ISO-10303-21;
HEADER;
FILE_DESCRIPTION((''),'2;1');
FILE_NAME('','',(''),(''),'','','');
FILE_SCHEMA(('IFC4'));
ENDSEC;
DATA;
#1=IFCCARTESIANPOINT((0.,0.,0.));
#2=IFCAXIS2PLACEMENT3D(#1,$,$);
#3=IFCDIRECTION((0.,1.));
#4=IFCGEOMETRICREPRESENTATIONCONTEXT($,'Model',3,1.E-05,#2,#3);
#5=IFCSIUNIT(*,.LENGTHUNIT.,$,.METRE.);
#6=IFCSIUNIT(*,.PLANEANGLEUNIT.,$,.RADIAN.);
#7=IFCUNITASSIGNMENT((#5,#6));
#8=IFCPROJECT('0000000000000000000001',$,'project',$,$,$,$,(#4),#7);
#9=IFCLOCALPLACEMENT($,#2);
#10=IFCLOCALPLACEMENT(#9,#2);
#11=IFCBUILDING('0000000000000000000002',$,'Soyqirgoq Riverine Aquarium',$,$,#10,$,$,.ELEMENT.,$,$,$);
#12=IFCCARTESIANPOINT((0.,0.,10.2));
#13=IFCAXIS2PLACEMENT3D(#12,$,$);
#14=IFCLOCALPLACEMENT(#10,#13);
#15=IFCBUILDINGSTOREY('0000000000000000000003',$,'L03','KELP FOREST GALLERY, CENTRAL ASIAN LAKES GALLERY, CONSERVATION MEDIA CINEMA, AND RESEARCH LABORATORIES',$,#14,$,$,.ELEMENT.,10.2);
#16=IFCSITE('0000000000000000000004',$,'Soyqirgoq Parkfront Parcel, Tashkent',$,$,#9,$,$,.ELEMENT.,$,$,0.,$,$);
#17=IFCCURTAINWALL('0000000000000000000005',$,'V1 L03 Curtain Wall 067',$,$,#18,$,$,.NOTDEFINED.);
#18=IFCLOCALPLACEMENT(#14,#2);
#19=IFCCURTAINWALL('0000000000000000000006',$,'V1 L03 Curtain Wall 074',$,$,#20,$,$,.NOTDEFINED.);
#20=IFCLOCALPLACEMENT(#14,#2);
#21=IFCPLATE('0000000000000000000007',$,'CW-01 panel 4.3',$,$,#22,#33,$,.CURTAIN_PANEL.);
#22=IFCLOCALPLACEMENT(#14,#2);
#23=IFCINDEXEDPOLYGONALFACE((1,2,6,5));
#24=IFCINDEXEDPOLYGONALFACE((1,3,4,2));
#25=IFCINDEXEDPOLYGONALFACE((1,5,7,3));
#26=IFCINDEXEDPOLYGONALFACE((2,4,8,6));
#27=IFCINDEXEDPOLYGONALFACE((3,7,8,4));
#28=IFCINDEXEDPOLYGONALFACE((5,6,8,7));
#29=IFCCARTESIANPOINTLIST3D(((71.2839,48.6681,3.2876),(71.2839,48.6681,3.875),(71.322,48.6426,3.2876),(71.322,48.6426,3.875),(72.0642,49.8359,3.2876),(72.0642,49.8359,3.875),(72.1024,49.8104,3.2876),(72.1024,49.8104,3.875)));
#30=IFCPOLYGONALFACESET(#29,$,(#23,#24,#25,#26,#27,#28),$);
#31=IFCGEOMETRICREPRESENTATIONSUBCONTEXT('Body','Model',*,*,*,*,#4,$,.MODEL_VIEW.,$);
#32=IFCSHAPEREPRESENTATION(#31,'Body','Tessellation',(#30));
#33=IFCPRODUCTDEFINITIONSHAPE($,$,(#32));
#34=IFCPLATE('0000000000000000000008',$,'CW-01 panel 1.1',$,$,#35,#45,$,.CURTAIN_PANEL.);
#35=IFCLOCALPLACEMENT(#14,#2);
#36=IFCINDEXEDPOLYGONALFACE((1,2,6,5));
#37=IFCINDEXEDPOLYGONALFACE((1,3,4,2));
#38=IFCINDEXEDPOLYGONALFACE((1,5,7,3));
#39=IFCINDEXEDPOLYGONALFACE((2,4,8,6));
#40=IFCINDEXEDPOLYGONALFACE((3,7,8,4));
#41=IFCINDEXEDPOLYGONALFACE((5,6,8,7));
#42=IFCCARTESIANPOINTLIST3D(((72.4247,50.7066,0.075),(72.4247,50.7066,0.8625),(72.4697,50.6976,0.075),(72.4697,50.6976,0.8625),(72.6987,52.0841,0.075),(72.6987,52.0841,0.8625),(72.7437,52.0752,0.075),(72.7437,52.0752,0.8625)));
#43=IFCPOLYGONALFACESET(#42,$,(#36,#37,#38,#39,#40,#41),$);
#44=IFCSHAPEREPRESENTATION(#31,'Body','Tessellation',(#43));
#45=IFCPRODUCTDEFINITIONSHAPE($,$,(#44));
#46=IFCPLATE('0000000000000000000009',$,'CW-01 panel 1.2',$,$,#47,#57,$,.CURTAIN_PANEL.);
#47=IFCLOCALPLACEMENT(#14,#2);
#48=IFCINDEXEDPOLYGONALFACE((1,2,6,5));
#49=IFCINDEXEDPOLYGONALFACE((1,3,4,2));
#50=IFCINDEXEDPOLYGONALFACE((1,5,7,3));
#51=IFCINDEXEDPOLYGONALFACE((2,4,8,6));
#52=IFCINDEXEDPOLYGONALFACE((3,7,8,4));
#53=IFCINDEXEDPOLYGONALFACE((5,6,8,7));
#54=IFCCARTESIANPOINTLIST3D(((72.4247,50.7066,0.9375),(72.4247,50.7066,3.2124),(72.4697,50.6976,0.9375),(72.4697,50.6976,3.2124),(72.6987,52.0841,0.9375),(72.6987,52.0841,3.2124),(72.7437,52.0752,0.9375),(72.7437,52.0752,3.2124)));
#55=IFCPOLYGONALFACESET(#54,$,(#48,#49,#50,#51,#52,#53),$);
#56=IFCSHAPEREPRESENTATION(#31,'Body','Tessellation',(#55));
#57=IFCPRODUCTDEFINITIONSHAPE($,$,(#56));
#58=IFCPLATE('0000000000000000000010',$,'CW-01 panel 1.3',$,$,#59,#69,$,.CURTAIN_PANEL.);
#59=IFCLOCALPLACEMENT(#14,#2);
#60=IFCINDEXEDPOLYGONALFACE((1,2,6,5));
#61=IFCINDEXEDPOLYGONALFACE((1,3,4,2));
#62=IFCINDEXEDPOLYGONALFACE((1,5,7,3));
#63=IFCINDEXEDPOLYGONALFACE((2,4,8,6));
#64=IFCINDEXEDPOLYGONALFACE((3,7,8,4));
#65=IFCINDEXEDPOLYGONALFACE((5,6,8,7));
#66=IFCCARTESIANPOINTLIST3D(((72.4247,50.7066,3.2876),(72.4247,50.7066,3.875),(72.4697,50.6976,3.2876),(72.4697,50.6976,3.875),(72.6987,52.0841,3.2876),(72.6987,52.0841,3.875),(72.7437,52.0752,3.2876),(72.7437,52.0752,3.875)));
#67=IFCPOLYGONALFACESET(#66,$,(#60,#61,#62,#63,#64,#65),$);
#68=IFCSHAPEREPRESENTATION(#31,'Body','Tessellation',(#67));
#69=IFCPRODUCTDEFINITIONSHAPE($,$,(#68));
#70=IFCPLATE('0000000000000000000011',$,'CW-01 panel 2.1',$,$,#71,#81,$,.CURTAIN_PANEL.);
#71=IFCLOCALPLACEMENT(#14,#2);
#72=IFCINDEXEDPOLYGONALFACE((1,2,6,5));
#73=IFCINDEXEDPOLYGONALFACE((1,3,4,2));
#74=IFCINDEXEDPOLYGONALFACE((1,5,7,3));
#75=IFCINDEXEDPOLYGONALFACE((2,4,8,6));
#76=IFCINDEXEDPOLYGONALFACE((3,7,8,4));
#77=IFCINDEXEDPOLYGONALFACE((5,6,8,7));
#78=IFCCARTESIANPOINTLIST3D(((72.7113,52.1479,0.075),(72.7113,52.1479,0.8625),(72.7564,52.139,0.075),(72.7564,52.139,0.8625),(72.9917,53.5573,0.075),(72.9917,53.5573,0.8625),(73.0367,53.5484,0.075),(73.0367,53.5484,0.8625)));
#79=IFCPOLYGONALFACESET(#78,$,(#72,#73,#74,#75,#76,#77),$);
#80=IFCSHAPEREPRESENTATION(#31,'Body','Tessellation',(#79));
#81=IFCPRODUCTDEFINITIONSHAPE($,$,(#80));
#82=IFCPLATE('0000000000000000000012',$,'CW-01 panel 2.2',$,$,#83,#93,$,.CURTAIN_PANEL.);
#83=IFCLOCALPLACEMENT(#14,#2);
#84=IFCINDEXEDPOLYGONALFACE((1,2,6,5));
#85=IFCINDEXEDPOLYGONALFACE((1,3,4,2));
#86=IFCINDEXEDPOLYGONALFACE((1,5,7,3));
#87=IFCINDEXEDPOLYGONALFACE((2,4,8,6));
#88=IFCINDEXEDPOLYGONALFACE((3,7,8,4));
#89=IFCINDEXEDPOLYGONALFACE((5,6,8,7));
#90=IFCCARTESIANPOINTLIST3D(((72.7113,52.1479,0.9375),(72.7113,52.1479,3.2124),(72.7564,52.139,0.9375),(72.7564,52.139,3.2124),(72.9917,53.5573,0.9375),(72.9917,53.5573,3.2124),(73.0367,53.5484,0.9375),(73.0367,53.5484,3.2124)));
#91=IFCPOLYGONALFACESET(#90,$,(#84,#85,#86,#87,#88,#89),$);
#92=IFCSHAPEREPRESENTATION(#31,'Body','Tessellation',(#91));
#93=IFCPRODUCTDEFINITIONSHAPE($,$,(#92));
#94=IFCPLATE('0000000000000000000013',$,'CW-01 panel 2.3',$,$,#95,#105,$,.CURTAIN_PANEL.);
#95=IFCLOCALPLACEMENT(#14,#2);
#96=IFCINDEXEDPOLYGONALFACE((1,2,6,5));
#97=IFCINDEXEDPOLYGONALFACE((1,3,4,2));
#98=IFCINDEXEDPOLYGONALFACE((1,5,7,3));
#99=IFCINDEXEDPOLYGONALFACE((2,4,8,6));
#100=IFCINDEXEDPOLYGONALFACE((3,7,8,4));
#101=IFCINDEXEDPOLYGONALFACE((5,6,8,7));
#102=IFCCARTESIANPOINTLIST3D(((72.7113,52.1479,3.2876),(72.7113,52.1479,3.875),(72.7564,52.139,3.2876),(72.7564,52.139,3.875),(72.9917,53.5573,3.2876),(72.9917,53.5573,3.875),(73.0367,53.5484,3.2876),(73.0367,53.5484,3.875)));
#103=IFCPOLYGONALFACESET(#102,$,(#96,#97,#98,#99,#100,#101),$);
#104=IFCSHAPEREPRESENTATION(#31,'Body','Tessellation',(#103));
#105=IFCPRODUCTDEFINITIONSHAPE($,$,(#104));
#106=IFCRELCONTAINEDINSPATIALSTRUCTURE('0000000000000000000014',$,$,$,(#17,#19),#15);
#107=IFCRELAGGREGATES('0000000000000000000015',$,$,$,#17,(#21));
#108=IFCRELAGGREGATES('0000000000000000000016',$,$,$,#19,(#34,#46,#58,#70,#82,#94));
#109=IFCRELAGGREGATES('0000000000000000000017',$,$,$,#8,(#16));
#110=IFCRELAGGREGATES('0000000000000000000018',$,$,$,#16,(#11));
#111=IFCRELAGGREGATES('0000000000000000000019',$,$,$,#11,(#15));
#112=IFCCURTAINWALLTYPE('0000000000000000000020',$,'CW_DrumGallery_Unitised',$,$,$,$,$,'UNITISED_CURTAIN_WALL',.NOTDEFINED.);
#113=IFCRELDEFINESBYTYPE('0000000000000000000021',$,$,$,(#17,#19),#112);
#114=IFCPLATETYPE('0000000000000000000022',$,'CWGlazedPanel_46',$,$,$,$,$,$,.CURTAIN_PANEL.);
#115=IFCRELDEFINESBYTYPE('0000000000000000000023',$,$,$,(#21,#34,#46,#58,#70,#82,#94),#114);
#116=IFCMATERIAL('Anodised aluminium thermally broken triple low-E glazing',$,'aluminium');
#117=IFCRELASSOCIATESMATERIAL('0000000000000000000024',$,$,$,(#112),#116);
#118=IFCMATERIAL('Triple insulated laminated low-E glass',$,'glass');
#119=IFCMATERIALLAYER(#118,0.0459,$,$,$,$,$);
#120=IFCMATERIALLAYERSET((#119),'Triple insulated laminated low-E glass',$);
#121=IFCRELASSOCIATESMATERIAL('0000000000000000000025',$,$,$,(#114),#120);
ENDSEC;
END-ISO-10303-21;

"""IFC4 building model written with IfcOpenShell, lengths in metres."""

from ifc_helpers import new_model, si_unit, direction, frame, origin, origin_2d, place, context, subcontext, project, spatial, rectangle, extrude, material, layer, layer_set, type_object, element, aggregate, save


model = new_model("IFC4")

# Units and contexts
model_context = context("Model", 3, precision=1e-05, world=origin(), true_north=direction((0.0, 1.0)))
body_context = subcontext(model_context, "Body", "Model", "MODEL_VIEW")
ifc_project = project(units=[si_unit("LENGTHUNIT", "METRE"), si_unit("PLANEANGLEUNIT", "RADIAN")], contexts=[model_context])

# Site, building, storey
site_placement = place(None, origin())
site = spatial("IfcSite", under=ifc_project, at=site_placement, Name="Soyqirgoq Parkfront Parcel, Tashkent", CompositionType="ELEMENT", RefElevation=0.0)
building_placement = place(site_placement, origin())
building = spatial("IfcBuilding", under=site, at=building_placement, Name="Soyqirgoq Riverine Aquarium", CompositionType="ELEMENT")
storey_placement = place(building_placement, frame((0.0, 0.0, 10.2)))
storey = spatial("IfcBuildingStorey", under=building, at=storey_placement, Name="L03", Description="KELP FOREST GALLERY, CENTRAL ASIAN LAKES GALLERY, CONSERVATION MEDIA CINEMA, AND RESEARCH LABORATORIES", CompositionType="ELEMENT", Elevation=10.2)

# Curtain walls
ifc_material_1 = material(Name="Anodised aluminium thermally broken triple low-E glazing", Category="aluminium")
curtain_wall_type = type_object("IfcCurtainWallType", Name="CW_DrumGallery_Unitised", ElementType="UNITISED_CURTAIN_WALL", PredefinedType="NOTDEFINED", material=ifc_material_1)
curtain_wall_1_placement = place(storey_placement, origin())
curtain_wall_1 = element("IfcCurtainWall", 1, at=curtain_wall_1_placement, inside=storey, type_object=curtain_wall_type, Name="V1 L03 Curtain Wall 067", PredefinedType="NOTDEFINED")
curtain_wall_2_placement = place(storey_placement, origin())
curtain_wall_2 = element("IfcCurtainWall", 2, at=curtain_wall_2_placement, inside=storey, type_object=curtain_wall_type, Name="V1 L03 Curtain Wall 074", PredefinedType="NOTDEFINED")

# Plates
ifc_material_2 = material(Name="Triple insulated laminated low-E glass", Category="glass")
ifc_layer = layer(ifc_material_2, 0.0459)
ifc_layer_set = layer_set([ifc_layer], Name="Triple insulated laminated low-E glass")
plate_type = type_object("IfcPlateType", Name="CWGlazedPanel_46", PredefinedType="CURTAIN_PANEL", material=ifc_layer_set)
plate_1_placement = place(storey_placement, frame((71.6931, 49.2393, 3.2876), z_axis=(0.0, 0.0, 1.0), x_axis=(0.555572, 0.831469, 0.0)))
plate_1 = element("IfcPlate", 3, at=plate_1_placement, type_object=plate_type, Name="CW-01 panel 4.3", PredefinedType="CURTAIN_PANEL", context=body_context, shape_type="SweptSolid", body=[
    extrude(rectangle(XDim=1.4045, YDim=0.0459, at=origin_2d()), origin(), (0.0, 0.0, 1.0), 0.5874),
])
aggregate(curtain_wall_1, [plate_1])
plate_2_placement = place(storey_placement, frame((72.5842, 51.3909, 0.075), z_axis=(0.0, 0.0, 1.0), x_axis=(0.195095, 0.980784, 0.0)))
plate_2 = element("IfcPlate", 4, at=plate_2_placement, type_object=plate_type, Name="CW-01 panel 1.1", PredefinedType="CURTAIN_PANEL", context=body_context, shape_type="SweptSolid", body=[
    extrude(rectangle(XDim=1.4045, YDim=0.0459, at=origin_2d()), origin(), (0.0, 0.0, 1.0), 0.7876),
])
plate_3_placement = place(storey_placement, frame((72.5842, 51.3909, 0.9375), z_axis=(0.0, 0.0, 1.0), x_axis=(0.195095, 0.980784, 0.0)))
plate_3 = element("IfcPlate", 5, at=plate_3_placement, type_object=plate_type, Name="CW-01 panel 1.2", PredefinedType="CURTAIN_PANEL", context=body_context, shape_type="SweptSolid", body=[
    extrude(rectangle(XDim=1.4045, YDim=0.0459, at=origin_2d()), origin(), (0.0, 0.0, 1.0), 2.2749),
])
plate_4_placement = place(storey_placement, frame((72.5842, 51.3909, 3.2876), z_axis=(0.0, 0.0, 1.0), x_axis=(0.195095, 0.980784, 0.0)))
plate_4 = element("IfcPlate", 6, at=plate_4_placement, type_object=plate_type, Name="CW-01 panel 1.3", PredefinedType="CURTAIN_PANEL", context=body_context, shape_type="SweptSolid", body=[
    extrude(rectangle(XDim=1.4045, YDim=0.0459, at=origin_2d()), origin(), (0.0, 0.0, 1.0), 0.5874),
])
plate_5_placement = place(storey_placement, frame((72.874, 52.8481, 0.075), z_axis=(0.0, 0.0, 1.0), x_axis=(0.195095, 0.980784, 0.0)))
plate_5 = element("IfcPlate", 7, at=plate_5_placement, type_object=plate_type, Name="CW-01 panel 2.1", PredefinedType="CURTAIN_PANEL", context=body_context, shape_type="SweptSolid", body=[
    extrude(rectangle(XDim=1.437, YDim=0.0459, at=origin_2d()), origin(), (0.0, 0.0, 1.0), 0.7876),
])
plate_6_placement = place(storey_placement, frame((72.874, 52.8481, 0.9375), z_axis=(0.0, 0.0, 1.0), x_axis=(0.195095, 0.980784, 0.0)))
plate_6 = element("IfcPlate", 8, at=plate_6_placement, type_object=plate_type, Name="CW-01 panel 2.2", PredefinedType="CURTAIN_PANEL", context=body_context, shape_type="SweptSolid", body=[
    extrude(rectangle(XDim=1.437, YDim=0.0459, at=origin_2d()), origin(), (0.0, 0.0, 1.0), 2.2749),
])
plate_7_placement = place(storey_placement, frame((72.874, 52.8481, 3.2876), z_axis=(0.0, 0.0, 1.0), x_axis=(0.195095, 0.980784, 0.0)))
plate_7 = element("IfcPlate", 9, at=plate_7_placement, type_object=plate_type, Name="CW-01 panel 2.3", PredefinedType="CURTAIN_PANEL", context=body_context, shape_type="SweptSolid", body=[
    extrude(rectangle(XDim=1.437, YDim=0.0459, at=origin_2d()), origin(), (0.0, 0.0, 1.0), 0.5874),
])
aggregate(curtain_wall_2, [plate_2, plate_3, plate_4, plate_5, plate_6, plate_7])

save(model, "model.ifc")
